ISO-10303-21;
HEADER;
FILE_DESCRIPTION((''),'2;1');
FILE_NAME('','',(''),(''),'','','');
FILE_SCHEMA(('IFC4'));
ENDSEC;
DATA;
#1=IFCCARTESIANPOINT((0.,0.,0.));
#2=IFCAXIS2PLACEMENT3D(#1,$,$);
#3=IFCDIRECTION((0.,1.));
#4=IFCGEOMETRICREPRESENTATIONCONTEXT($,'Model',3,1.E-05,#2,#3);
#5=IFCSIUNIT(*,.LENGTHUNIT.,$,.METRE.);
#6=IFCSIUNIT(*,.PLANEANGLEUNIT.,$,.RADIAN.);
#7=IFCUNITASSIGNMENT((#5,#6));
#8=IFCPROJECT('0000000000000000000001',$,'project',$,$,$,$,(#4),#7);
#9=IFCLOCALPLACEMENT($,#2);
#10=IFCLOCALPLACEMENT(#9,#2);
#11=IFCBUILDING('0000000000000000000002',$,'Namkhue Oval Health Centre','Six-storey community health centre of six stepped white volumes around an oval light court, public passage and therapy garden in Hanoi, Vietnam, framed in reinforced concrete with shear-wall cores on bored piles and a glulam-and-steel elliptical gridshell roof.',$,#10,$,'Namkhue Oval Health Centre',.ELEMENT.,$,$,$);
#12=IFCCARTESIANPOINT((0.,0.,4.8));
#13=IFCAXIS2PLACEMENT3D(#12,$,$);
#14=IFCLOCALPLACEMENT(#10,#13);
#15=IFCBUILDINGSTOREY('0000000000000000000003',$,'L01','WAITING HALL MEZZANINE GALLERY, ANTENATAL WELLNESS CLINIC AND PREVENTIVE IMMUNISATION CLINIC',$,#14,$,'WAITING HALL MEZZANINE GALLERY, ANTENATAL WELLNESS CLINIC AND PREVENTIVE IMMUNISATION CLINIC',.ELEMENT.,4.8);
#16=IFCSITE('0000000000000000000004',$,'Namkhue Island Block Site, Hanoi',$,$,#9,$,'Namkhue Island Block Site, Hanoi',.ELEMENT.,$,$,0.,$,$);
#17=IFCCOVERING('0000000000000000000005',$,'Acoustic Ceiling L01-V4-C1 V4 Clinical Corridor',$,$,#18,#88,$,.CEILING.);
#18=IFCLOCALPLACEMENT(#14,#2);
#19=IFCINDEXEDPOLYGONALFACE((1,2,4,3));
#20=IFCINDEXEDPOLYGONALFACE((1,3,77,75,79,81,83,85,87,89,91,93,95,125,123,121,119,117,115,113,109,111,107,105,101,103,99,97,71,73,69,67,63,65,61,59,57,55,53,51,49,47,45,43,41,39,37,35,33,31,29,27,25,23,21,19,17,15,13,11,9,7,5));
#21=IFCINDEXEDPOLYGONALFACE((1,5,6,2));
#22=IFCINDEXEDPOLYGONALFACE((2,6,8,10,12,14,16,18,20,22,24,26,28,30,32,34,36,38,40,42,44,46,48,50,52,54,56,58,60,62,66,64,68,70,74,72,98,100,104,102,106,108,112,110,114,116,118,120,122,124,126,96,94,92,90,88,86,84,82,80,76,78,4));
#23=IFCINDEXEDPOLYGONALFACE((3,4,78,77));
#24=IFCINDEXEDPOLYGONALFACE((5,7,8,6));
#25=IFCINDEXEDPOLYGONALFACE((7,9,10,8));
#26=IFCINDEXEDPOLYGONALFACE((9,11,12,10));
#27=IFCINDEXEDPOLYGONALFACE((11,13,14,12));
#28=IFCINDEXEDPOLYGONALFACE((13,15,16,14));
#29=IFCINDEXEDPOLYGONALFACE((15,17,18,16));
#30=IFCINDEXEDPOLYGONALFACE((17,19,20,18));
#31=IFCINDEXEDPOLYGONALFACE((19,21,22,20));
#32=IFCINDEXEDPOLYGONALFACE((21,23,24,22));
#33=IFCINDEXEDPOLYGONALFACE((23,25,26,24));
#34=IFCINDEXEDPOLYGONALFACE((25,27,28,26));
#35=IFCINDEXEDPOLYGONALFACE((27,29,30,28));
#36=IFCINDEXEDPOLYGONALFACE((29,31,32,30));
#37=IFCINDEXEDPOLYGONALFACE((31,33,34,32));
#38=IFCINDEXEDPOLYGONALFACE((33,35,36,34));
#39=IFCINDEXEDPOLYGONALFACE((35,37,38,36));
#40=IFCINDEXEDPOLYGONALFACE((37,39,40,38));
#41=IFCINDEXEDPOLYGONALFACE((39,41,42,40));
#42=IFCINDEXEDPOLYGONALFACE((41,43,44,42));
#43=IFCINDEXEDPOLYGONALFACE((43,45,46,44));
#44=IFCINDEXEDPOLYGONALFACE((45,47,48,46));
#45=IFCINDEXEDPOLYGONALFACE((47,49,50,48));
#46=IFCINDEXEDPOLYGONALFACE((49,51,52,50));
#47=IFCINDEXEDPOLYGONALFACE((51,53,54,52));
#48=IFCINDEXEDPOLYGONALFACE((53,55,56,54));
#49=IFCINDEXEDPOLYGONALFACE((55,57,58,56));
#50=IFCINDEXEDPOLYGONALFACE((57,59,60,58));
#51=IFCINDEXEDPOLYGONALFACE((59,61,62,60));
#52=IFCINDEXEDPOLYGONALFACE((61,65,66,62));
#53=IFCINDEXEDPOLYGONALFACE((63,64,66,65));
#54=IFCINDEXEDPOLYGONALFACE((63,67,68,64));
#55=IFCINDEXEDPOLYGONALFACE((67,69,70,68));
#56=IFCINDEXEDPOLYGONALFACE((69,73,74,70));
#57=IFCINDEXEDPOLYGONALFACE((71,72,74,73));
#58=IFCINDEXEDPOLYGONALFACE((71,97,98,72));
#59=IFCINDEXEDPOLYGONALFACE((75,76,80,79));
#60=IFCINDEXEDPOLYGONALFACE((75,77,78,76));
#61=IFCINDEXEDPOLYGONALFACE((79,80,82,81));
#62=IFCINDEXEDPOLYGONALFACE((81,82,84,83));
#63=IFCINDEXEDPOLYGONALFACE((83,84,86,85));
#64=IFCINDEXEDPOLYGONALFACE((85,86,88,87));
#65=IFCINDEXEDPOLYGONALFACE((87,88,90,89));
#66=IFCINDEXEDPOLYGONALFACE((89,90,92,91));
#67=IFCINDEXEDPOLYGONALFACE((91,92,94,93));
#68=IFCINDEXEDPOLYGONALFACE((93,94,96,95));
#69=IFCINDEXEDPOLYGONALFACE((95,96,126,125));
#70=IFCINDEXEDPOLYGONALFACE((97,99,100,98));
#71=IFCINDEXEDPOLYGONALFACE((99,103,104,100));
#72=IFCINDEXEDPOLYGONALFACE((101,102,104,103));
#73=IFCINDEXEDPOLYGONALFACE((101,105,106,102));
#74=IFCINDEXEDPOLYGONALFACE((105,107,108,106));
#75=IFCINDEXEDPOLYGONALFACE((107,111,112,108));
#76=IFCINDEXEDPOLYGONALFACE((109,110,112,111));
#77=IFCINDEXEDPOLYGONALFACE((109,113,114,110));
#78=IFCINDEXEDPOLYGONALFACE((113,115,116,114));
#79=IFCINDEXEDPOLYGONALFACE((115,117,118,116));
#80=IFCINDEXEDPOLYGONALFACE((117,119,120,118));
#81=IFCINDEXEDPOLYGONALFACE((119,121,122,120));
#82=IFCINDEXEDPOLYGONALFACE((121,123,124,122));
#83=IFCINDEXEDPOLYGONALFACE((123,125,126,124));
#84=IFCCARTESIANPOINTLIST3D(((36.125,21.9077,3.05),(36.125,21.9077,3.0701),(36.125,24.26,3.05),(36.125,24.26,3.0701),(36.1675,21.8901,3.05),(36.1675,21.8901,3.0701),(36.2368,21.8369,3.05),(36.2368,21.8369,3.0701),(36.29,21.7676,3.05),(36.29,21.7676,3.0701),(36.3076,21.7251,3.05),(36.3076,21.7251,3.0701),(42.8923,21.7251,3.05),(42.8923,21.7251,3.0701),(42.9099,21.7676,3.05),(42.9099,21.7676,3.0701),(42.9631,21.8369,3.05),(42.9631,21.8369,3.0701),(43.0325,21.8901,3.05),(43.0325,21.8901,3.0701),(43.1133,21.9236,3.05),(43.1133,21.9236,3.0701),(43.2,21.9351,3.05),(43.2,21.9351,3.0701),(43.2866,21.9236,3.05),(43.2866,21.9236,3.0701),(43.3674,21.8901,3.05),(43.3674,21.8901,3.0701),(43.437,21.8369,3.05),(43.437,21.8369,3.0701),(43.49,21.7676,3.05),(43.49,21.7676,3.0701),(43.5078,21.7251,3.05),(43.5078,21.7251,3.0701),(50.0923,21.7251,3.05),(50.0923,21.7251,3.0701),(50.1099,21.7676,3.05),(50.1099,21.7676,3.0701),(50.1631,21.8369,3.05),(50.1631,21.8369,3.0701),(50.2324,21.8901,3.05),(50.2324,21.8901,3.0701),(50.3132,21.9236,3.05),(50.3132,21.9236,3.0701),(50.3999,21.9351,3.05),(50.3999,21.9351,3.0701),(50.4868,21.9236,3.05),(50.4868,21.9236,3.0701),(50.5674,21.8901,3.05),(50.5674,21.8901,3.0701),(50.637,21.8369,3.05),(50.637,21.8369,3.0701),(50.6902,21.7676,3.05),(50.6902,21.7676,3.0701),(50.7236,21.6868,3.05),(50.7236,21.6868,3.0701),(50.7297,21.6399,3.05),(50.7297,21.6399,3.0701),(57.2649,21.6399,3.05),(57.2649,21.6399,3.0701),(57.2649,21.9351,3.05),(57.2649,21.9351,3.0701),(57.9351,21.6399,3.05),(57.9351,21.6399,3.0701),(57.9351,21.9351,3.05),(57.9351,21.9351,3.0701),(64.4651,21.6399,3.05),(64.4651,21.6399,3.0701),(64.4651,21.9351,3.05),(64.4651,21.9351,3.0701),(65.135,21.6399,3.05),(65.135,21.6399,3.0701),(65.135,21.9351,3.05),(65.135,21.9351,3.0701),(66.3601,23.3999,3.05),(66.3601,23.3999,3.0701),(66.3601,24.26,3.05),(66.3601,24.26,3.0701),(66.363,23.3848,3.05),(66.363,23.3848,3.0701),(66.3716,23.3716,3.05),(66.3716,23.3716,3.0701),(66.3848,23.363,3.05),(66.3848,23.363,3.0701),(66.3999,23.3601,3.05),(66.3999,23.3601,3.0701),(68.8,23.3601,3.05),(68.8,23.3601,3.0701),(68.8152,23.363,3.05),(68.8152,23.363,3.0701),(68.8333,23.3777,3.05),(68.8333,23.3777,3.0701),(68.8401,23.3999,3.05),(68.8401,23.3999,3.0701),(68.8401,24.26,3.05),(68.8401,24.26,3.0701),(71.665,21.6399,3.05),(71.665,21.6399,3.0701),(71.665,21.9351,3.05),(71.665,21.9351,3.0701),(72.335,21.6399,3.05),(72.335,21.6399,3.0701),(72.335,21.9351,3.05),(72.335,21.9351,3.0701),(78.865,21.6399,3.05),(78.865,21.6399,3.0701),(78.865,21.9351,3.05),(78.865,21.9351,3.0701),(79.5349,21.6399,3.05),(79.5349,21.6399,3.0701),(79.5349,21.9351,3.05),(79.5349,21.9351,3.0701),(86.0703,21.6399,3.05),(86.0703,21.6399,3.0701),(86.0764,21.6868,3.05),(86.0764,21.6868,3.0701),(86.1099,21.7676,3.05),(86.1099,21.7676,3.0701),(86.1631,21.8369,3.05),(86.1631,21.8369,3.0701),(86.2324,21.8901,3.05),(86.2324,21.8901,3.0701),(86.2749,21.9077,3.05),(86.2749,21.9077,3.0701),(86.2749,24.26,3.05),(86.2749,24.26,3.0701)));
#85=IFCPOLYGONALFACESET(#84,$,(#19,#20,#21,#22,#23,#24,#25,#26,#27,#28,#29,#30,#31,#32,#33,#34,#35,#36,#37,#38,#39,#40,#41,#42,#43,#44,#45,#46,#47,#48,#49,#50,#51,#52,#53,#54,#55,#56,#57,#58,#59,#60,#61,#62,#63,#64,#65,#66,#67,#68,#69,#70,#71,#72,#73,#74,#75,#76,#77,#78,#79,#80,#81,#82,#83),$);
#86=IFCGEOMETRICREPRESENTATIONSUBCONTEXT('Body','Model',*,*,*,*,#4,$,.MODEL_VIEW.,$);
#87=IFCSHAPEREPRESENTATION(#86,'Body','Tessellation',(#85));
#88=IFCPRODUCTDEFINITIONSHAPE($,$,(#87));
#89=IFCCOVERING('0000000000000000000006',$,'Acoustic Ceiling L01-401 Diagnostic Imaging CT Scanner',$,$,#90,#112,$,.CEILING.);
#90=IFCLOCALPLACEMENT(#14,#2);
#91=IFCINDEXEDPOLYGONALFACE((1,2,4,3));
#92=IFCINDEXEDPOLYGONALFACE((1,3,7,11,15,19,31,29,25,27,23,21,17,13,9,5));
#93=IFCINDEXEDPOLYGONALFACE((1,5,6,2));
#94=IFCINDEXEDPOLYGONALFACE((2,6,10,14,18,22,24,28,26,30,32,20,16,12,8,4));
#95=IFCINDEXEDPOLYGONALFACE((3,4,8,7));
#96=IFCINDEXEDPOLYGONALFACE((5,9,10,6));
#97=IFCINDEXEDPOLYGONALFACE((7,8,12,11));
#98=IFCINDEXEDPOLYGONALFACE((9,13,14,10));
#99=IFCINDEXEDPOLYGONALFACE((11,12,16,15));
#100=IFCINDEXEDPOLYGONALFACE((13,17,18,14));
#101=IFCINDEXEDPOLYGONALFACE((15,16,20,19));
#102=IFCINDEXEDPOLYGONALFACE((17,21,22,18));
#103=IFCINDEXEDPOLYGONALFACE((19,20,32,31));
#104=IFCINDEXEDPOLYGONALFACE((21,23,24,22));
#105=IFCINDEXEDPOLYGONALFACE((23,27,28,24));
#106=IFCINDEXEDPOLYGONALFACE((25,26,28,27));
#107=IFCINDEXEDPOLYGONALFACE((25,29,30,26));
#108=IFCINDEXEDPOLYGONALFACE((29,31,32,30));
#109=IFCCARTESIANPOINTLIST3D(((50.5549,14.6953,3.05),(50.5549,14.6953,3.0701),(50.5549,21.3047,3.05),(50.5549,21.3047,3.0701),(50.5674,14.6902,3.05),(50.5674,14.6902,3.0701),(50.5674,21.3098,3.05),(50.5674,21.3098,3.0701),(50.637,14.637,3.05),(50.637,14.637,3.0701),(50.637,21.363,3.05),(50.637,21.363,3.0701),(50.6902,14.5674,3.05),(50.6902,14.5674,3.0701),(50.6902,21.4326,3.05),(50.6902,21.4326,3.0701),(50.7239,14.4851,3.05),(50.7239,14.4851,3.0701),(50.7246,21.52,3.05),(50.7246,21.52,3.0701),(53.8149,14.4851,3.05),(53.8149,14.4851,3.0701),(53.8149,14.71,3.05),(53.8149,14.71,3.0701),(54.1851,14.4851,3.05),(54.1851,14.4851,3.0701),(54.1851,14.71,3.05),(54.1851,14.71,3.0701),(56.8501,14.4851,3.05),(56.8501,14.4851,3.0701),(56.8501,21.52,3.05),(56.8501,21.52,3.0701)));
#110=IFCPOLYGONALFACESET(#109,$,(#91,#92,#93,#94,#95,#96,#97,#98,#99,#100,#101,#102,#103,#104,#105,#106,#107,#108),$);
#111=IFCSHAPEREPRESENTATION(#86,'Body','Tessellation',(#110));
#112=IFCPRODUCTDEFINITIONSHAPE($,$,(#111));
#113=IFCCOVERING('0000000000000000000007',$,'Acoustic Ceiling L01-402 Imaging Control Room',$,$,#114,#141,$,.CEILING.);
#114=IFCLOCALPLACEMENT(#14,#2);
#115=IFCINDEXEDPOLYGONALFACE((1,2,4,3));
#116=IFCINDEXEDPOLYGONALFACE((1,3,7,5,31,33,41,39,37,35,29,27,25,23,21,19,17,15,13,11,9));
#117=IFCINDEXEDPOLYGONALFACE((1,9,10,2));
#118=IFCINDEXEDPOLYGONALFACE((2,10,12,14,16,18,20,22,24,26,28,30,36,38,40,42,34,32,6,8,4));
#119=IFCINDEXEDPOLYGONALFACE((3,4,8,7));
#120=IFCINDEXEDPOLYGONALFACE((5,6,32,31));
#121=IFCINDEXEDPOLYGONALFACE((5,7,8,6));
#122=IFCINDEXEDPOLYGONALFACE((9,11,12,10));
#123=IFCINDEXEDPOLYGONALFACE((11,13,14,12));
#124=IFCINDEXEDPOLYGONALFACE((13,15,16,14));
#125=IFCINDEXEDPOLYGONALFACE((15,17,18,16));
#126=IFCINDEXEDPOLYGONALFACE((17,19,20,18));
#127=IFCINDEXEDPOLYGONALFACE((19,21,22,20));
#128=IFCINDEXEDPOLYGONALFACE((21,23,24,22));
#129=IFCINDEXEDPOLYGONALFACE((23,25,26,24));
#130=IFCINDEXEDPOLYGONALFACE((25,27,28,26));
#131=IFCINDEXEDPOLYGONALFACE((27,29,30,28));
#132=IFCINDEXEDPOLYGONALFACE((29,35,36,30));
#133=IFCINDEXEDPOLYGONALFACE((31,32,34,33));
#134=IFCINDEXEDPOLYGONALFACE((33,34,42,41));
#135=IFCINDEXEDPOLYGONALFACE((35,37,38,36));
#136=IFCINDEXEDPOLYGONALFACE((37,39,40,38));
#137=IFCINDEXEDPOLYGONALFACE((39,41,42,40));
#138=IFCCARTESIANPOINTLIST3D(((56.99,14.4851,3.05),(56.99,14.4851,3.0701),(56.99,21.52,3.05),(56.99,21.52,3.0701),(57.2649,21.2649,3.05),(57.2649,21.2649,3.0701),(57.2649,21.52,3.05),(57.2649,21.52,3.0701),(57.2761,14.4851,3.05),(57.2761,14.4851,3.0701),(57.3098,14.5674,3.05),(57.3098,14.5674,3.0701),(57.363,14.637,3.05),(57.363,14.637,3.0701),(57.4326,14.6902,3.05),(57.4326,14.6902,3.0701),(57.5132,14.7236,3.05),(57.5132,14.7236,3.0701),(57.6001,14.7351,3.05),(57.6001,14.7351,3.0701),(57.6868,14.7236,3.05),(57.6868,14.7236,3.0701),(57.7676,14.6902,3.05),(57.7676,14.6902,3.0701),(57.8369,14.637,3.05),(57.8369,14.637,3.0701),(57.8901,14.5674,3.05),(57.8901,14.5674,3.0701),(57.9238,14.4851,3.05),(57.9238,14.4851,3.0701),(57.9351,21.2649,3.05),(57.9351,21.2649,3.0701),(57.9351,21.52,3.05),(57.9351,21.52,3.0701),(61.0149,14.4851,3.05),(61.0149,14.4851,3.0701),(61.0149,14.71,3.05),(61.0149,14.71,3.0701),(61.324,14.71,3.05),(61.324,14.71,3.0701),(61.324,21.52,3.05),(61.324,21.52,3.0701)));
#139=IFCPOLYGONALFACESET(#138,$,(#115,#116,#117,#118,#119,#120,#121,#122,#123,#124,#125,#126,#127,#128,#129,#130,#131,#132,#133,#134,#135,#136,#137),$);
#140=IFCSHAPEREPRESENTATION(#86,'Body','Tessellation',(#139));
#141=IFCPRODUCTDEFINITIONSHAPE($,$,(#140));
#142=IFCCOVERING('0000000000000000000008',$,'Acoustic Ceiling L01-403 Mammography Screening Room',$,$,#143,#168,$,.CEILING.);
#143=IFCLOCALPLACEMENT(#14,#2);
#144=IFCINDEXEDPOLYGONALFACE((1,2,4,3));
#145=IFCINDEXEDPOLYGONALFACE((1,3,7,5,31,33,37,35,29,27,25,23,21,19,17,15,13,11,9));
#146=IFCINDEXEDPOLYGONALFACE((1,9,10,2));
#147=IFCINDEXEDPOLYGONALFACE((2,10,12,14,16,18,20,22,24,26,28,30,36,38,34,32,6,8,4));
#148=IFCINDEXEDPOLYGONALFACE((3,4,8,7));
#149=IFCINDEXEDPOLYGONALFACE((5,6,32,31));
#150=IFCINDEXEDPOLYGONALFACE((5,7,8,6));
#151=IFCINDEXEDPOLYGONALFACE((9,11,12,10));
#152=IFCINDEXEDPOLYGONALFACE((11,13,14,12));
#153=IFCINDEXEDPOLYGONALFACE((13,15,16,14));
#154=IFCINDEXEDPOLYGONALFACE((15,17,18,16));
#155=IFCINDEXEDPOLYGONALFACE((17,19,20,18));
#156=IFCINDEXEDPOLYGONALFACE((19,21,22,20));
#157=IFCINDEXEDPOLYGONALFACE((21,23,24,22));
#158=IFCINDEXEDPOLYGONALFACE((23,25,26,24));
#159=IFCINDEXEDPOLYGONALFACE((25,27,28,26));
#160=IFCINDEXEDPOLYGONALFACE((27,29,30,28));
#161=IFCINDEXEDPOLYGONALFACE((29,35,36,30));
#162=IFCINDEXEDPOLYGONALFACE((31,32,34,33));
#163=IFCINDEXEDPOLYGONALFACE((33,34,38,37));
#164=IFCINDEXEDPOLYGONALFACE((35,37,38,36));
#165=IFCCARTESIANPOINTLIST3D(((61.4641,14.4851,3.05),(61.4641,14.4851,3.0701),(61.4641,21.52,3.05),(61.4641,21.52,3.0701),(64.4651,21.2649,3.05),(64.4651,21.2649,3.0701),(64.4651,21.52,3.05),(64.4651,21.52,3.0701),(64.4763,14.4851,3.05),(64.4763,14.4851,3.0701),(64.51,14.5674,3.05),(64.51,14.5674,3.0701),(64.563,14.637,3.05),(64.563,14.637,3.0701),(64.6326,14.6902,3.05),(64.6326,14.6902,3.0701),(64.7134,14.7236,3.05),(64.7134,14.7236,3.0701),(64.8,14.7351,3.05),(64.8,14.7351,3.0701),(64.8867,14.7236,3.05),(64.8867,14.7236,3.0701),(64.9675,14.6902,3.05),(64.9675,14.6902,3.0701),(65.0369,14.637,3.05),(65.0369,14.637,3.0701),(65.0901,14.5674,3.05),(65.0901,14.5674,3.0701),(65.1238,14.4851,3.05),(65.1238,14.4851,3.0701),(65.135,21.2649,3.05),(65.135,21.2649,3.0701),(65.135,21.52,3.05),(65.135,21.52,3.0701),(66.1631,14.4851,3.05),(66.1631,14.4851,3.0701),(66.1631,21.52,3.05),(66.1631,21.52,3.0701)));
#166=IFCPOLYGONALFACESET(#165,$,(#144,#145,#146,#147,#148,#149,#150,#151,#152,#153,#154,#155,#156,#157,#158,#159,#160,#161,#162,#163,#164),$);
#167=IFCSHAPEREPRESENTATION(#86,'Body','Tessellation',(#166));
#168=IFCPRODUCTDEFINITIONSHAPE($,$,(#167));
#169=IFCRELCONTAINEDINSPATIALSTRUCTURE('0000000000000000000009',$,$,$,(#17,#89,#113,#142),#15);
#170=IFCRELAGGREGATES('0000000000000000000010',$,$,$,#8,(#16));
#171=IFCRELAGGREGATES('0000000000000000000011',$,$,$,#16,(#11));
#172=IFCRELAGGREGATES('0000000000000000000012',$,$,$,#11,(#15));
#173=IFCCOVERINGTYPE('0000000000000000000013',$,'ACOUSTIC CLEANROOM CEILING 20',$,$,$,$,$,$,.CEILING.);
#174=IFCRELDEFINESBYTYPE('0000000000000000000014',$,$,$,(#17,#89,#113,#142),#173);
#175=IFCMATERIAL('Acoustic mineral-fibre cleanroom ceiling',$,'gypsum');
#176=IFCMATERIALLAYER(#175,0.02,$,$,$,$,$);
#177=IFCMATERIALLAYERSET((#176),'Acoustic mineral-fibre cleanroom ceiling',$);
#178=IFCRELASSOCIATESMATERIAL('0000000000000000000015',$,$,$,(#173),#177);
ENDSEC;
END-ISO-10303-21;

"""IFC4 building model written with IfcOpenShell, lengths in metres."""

from ifc_helpers import new_model, si_unit, direction, frame, origin, place, context, subcontext, project, spatial, polyline, outline, extrude, material, layer, layer_set, type_object, element, save


model = new_model("IFC4")

# Units and contexts
model_context = context("Model", 3, precision=1e-05, world=origin(), true_north=direction((0.0, 1.0)))
body_context = subcontext(model_context, "Body", "Model", "MODEL_VIEW")
ifc_project = project(units=[si_unit("LENGTHUNIT", "METRE"), si_unit("PLANEANGLEUNIT", "RADIAN")], contexts=[model_context])

# Site, building, storey
site_placement = place(None, origin())
site = spatial("IfcSite", under=ifc_project, at=site_placement, Name="Namkhue Island Block Site, Hanoi", LongName="Namkhue Island Block Site, Hanoi", CompositionType="ELEMENT", RefElevation=0.0)
building_placement = place(site_placement, origin())
building = spatial("IfcBuilding", under=site, at=building_placement, Name="Namkhue Oval Health Centre", Description="Six-storey community health centre of six stepped white volumes around an oval light court, public passage and therapy garden in Hanoi, Vietnam, framed in reinforced concrete with shear-wall cores on bored piles and a glulam-and-steel elliptical gridshell roof.", LongName="Namkhue Oval Health Centre", CompositionType="ELEMENT")
storey_placement = place(building_placement, frame((0.0, 0.0, 4.8)))
storey = spatial("IfcBuildingStorey", under=building, at=storey_placement, Name="L01", Description="WAITING HALL MEZZANINE GALLERY, ANTENATAL WELLNESS CLINIC AND PREVENTIVE IMMUNISATION CLINIC", LongName="WAITING HALL MEZZANINE GALLERY, ANTENATAL WELLNESS CLINIC AND PREVENTIVE IMMUNISATION CLINIC", CompositionType="ELEMENT", Elevation=4.8)

# Coverings
ifc_material = material(Name="Acoustic mineral-fibre cleanroom ceiling", Category="gypsum")
ifc_layer = layer(ifc_material, 0.02)
ifc_layer_set = layer_set([ifc_layer], Name="Acoustic mineral-fibre cleanroom ceiling")
covering_type = type_object("IfcCoveringType", Name="ACOUSTIC CLEANROOM CEILING 20", PredefinedType="CEILING", material=ifc_layer_set)
covering_1_placement = place(storey_placement, frame((0.0, 0.0, 3.05)))
element("IfcCovering", 1, at=covering_1_placement, inside=storey, type_object=covering_type, Name="Acoustic Ceiling L01-V4-C1 V4 Clinical Corridor", PredefinedType="CEILING", context=body_context, shape_type="SweptSolid", body=[
    extrude(outline(polyline([(43.5078, 21.7251), (43.49, 21.7676), (43.437, 21.8369), (43.3674, 21.8901), (43.2866, 21.9236), (43.2, 21.9351), (43.1133, 21.9236), (43.0325, 21.8901), (42.9631, 21.8369), (42.9099, 21.7676), (42.8923, 21.7251), (36.3076, 21.7251), (36.29, 21.7676), (36.2368, 21.8369), (36.1675, 21.8901), (36.125, 21.9077), (36.125, 24.26), (66.3601, 24.26), (66.3601, 23.3999), (66.363, 23.3848), (66.3716, 23.3716), (66.3848, 23.363), (66.3999, 23.3601), (68.8, 23.3601), (68.8152, 23.363), (68.8333, 23.3777), (68.8401, 23.3999), (68.8401, 24.26), (86.2749, 24.26), (86.2749, 21.9077), (86.2324, 21.8901), (86.1631, 21.8369), (86.1099, 21.7676), (86.0764, 21.6868), (86.0703, 21.6399), (79.5349, 21.6399), (79.5349, 21.9351), (78.865, 21.9351), (78.865, 21.6399), (72.335, 21.6399), (72.335, 21.9351), (71.665, 21.9351), (71.665, 21.6399), (65.135, 21.6399), (65.135, 21.9351), (64.4651, 21.9351), (64.4651, 21.6399), (57.9351, 21.6399), (57.9351, 21.9351), (57.2649, 21.9351), (57.2649, 21.6399), (50.7297, 21.6399), (50.7236, 21.6868), (50.6902, 21.7676), (50.637, 21.8369), (50.5674, 21.8901), (50.4868, 21.9236), (50.3999, 21.9351), (50.3132, 21.9236), (50.2324, 21.8901), (50.1631, 21.8369), (50.1099, 21.7676), (50.0923, 21.7251), (43.5078, 21.7251)])), origin(), (0.0, 0.0, 1.0), 0.02),
])
covering_2_placement = place(storey_placement, frame((0.0, 0.0, 3.05)))
element("IfcCovering", 2, at=covering_2_placement, inside=storey, type_object=covering_type, Name="Acoustic Ceiling L01-401 Diagnostic Imaging CT Scanner", PredefinedType="CEILING", context=body_context, shape_type="SweptSolid", body=[
    extrude(outline(polyline([(54.1851, 14.4851), (54.1851, 14.71), (53.8149, 14.71), (53.8149, 14.4851), (50.7239, 14.4851), (50.6902, 14.5674), (50.637, 14.637), (50.5674, 14.6902), (50.5549, 14.6953), (50.5549, 21.3047), (50.5674, 21.3098), (50.637, 21.363), (50.6902, 21.4326), (50.7246, 21.52), (56.8501, 21.52), (56.8501, 14.4851), (54.1851, 14.4851)])), origin(), (0.0, 0.0, 1.0), 0.02),
])
covering_3_placement = place(storey_placement, frame((0.0, 0.0, 3.05)))
element("IfcCovering", 3, at=covering_3_placement, inside=storey, type_object=covering_type, Name="Acoustic Ceiling L01-402 Imaging Control Room", PredefinedType="CEILING", context=body_context, shape_type="SweptSolid", body=[
    extrude(outline(polyline([(57.9238, 14.4851), (57.8901, 14.5674), (57.8369, 14.637), (57.7676, 14.6902), (57.6868, 14.7236), (57.6001, 14.7351), (57.5132, 14.7236), (57.4326, 14.6902), (57.363, 14.637), (57.3098, 14.5674), (57.2761, 14.4851), (56.99, 14.4851), (56.99, 21.52), (57.2649, 21.52), (57.2649, 21.2649), (57.9351, 21.2649), (57.9351, 21.52), (61.324, 21.52), (61.324, 14.71), (61.0149, 14.71), (61.0149, 14.4851), (57.9238, 14.4851)])), origin(), (0.0, 0.0, 1.0), 0.02),
])
covering_4_placement = place(storey_placement, frame((0.0, 0.0, 3.05)))
element("IfcCovering", 4, at=covering_4_placement, inside=storey, type_object=covering_type, Name="Acoustic Ceiling L01-403 Mammography Screening Room", PredefinedType="CEILING", context=body_context, shape_type="SweptSolid", body=[
    extrude(outline(polyline([(65.1238, 14.4851), (65.0901, 14.5674), (65.0369, 14.637), (64.9675, 14.6902), (64.8867, 14.7236), (64.8, 14.7351), (64.7134, 14.7236), (64.6326, 14.6902), (64.563, 14.637), (64.51, 14.5674), (64.4763, 14.4851), (61.4641, 14.4851), (61.4641, 21.52), (64.4651, 21.52), (64.4651, 21.2649), (65.135, 21.2649), (65.135, 21.52), (66.1631, 21.52), (66.1631, 14.4851), (65.1238, 14.4851)])), origin(), (0.0, 0.0, 1.0), 0.02),
])

save(model, "model.ifc")
